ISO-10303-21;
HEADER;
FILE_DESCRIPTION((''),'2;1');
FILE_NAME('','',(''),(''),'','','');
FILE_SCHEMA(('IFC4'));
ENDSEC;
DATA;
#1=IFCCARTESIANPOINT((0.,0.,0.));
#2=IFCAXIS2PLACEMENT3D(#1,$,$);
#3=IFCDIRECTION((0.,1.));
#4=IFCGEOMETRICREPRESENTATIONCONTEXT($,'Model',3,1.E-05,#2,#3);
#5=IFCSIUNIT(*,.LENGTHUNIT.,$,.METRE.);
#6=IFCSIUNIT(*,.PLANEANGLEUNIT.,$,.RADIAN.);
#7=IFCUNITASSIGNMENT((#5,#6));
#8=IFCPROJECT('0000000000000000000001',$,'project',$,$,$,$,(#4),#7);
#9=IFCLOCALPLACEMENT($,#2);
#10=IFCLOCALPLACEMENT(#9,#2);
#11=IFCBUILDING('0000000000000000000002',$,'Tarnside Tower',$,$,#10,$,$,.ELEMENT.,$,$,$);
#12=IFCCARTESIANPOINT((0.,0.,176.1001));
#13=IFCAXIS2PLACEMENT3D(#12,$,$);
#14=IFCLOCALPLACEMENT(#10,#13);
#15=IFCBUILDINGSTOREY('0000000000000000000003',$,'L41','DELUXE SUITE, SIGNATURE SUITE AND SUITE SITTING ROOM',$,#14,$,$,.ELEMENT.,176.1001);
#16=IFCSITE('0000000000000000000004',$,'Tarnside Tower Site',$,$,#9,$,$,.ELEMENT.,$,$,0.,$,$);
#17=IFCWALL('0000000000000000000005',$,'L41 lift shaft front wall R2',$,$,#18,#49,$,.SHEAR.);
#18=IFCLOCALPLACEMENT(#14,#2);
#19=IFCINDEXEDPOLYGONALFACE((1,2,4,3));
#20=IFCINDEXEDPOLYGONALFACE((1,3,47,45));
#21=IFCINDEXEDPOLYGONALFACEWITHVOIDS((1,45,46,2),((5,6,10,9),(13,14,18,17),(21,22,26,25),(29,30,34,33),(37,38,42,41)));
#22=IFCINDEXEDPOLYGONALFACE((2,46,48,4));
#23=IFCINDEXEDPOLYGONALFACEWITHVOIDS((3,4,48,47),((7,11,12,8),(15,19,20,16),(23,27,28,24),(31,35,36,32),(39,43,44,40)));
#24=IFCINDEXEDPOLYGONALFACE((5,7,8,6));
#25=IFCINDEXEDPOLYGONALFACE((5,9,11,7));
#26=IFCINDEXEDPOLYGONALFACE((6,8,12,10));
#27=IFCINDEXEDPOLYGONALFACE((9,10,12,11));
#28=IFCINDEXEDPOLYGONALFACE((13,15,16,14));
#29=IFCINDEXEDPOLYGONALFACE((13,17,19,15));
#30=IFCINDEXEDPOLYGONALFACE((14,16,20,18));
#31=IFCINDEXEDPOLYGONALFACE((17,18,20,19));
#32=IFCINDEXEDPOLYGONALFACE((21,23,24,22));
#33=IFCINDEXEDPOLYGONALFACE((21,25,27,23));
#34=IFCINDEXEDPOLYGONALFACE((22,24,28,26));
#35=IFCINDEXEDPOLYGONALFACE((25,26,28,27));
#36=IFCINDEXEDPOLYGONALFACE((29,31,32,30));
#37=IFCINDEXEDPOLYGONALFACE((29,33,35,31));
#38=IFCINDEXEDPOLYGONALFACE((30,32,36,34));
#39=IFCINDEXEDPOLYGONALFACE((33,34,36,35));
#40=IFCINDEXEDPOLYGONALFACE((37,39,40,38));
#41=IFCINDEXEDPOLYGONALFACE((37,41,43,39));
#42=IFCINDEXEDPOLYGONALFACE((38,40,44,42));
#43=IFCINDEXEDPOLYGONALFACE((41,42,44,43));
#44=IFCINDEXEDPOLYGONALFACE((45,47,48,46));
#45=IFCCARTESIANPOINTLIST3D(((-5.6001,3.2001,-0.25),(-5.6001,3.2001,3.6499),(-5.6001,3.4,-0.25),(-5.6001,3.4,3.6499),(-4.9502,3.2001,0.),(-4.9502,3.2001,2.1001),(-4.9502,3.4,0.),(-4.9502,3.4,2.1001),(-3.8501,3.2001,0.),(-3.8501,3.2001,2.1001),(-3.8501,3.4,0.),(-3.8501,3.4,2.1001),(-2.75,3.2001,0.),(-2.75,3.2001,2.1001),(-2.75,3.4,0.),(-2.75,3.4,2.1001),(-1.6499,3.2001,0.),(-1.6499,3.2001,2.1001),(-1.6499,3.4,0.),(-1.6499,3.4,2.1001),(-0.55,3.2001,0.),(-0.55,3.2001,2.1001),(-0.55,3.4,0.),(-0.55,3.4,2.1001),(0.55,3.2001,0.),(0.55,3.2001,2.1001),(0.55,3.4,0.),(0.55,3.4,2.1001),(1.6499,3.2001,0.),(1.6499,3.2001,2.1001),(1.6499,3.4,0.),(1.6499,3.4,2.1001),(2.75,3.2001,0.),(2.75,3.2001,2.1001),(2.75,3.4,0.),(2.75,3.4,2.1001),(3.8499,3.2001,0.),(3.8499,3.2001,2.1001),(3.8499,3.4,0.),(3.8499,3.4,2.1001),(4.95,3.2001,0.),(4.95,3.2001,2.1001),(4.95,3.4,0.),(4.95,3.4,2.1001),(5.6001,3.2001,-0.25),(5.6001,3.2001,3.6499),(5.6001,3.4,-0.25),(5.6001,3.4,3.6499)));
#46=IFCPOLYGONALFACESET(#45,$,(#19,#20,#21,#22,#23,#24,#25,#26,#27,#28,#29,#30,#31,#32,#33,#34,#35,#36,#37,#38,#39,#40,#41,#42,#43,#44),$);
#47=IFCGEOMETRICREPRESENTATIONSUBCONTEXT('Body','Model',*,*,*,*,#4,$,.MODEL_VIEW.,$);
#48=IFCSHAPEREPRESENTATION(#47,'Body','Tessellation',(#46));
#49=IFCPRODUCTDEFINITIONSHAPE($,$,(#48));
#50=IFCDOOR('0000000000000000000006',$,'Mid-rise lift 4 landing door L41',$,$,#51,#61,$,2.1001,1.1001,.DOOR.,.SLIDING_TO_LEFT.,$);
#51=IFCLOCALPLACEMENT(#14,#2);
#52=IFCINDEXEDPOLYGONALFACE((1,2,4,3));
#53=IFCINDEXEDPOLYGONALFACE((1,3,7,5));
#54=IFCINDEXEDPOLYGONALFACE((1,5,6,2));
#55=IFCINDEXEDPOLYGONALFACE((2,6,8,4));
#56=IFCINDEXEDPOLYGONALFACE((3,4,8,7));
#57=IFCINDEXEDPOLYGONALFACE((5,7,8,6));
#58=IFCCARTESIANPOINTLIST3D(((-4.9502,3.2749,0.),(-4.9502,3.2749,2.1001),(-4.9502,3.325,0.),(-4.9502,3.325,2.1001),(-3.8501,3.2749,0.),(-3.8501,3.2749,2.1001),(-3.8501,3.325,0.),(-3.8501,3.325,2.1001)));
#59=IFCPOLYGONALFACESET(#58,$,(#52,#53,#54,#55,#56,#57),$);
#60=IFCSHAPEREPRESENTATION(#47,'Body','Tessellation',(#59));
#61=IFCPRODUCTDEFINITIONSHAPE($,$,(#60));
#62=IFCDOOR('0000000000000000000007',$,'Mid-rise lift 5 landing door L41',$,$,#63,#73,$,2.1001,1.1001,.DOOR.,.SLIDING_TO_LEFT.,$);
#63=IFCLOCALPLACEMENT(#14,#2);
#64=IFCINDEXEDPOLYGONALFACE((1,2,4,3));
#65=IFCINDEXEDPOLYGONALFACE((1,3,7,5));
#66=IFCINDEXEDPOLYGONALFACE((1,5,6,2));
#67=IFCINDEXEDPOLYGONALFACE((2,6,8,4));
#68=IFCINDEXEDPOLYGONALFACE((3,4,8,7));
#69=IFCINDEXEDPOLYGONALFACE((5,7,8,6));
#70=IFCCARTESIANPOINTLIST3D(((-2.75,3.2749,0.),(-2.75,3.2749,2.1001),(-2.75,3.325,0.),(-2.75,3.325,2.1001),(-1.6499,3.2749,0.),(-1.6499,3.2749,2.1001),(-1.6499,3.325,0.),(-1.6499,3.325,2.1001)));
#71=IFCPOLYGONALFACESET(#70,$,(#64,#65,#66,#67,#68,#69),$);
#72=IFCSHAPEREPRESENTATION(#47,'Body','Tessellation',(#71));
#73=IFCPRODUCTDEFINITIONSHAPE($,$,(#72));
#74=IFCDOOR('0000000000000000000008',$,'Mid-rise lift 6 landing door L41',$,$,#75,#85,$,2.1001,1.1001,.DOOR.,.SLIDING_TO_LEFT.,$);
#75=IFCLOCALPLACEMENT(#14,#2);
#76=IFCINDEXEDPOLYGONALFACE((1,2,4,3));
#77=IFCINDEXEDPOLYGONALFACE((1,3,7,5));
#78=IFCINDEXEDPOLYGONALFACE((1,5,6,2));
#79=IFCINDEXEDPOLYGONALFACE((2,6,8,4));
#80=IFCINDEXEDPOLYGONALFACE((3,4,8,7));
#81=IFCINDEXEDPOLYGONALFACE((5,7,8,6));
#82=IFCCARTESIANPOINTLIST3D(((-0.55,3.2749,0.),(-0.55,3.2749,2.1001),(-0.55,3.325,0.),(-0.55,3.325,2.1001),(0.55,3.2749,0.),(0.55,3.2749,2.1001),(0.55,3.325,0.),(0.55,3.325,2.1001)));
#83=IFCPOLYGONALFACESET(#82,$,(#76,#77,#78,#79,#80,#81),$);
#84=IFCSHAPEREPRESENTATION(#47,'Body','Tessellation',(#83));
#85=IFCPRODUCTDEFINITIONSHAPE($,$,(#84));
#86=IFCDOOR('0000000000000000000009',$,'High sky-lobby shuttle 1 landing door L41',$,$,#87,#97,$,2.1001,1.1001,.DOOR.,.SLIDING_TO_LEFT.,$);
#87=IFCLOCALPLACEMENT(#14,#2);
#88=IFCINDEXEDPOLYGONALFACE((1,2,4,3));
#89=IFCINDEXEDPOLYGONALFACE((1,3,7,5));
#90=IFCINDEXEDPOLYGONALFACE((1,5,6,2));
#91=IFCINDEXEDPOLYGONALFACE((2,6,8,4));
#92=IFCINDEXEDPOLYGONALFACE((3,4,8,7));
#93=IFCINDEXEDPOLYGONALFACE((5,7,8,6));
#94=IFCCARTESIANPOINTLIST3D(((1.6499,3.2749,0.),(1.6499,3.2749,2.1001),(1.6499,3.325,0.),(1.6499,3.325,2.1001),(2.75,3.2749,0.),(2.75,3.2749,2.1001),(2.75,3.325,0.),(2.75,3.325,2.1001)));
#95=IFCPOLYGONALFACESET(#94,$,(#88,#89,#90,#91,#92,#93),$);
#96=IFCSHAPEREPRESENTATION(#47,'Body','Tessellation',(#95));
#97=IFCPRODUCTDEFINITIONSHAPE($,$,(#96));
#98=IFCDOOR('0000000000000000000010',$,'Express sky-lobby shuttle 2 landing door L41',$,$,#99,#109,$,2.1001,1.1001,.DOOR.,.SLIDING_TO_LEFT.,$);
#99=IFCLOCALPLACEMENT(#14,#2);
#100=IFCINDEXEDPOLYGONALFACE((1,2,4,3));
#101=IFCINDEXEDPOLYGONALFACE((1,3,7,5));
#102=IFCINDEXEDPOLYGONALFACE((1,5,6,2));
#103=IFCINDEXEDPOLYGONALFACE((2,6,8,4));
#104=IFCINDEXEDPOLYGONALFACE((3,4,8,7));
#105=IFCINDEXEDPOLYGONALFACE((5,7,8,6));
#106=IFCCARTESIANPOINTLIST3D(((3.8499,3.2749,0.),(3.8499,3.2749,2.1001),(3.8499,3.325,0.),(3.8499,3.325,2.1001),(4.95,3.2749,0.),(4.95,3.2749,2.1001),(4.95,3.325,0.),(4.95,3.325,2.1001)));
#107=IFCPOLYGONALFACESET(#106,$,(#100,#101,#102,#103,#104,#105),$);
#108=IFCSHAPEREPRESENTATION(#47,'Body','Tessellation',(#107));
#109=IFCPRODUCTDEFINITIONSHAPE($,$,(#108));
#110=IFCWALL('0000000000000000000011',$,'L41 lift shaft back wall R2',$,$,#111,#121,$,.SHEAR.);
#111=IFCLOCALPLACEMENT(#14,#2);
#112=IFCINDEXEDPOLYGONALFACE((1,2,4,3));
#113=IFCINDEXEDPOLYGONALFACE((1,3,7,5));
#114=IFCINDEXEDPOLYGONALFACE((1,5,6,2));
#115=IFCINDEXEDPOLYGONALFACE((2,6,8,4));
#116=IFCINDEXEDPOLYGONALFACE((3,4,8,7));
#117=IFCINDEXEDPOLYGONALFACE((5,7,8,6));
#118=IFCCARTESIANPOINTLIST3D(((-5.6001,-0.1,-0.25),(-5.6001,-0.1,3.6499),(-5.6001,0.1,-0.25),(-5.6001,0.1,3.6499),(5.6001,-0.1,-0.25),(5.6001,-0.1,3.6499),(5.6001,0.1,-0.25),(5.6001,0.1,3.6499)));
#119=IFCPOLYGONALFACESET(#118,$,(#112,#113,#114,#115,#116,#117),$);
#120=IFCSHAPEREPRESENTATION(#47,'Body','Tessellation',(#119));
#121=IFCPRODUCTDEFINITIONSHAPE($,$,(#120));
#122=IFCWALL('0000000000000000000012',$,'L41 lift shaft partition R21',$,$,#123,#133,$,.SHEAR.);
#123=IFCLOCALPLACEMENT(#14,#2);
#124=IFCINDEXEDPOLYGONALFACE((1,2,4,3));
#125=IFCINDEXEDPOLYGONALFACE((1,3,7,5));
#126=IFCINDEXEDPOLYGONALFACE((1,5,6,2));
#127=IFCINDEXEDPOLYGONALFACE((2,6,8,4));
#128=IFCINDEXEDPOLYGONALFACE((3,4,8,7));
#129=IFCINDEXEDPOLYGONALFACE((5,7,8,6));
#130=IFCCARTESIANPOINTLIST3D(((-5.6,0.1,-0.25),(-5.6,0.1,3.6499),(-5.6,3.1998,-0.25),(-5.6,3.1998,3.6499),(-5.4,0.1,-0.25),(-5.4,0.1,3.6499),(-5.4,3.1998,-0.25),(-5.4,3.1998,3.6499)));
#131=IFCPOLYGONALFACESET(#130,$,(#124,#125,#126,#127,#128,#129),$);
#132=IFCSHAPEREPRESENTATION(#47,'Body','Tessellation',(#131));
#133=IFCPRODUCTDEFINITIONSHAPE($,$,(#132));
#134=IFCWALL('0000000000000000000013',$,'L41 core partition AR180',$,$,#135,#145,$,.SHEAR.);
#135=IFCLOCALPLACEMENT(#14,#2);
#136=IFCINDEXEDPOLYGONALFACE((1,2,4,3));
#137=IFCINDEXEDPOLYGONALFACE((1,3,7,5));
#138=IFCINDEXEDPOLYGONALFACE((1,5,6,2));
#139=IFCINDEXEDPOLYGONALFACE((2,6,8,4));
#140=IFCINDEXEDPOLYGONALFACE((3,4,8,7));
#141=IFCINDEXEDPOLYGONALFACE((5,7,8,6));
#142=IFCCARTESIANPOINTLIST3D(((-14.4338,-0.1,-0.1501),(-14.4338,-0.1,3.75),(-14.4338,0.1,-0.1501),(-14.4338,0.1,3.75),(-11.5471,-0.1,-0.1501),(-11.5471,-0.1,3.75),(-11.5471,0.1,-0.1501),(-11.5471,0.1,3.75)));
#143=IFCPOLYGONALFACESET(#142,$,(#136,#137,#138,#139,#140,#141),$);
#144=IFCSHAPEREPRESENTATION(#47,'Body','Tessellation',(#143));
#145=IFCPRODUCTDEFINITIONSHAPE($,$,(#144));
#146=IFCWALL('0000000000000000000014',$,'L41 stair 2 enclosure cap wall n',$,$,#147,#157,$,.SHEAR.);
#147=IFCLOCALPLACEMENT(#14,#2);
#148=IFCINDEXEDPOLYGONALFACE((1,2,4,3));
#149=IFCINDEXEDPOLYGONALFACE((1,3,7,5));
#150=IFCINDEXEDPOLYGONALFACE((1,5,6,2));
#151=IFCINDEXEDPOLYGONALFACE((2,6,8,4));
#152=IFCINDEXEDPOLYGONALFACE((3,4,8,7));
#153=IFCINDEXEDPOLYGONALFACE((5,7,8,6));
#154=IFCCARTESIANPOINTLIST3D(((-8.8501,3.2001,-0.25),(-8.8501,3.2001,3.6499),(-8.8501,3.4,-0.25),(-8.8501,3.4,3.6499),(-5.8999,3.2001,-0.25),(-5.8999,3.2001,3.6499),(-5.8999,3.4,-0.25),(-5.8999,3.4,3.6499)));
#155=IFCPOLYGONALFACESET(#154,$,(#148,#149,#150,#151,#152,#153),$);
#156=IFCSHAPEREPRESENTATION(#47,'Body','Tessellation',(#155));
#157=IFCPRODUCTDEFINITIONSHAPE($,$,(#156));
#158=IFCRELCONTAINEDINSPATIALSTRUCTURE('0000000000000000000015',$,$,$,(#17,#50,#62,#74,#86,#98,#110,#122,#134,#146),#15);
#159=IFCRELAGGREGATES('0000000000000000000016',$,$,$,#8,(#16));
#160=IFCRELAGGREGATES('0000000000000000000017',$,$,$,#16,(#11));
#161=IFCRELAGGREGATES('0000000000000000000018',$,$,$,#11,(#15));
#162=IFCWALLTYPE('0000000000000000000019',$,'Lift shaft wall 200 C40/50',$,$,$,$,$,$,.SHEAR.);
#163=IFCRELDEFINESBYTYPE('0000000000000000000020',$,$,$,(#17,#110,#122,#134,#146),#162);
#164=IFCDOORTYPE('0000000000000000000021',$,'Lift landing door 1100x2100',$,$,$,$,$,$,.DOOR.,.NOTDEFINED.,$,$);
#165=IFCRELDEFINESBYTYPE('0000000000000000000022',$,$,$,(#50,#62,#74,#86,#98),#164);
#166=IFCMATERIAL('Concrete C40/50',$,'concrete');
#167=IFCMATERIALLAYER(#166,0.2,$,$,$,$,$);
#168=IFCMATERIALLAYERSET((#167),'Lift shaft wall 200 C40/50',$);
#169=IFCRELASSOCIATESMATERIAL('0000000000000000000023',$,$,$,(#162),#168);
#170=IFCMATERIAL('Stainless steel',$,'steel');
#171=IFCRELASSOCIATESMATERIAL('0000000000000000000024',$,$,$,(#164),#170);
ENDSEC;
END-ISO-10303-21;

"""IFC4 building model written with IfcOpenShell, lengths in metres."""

from ifc_helpers import new_model, si_unit, direction, frame, frame_2d, origin, place, context, subcontext, project, spatial, rectangle, extrude, material, layer, layer_set, type_object, element, fill, save


model = new_model("IFC4")

# Units and contexts
model_context = context("Model", 3, precision=1e-05, world=origin(), true_north=direction((0.0, 1.0)))
body_context = subcontext(model_context, "Body", "Model", "MODEL_VIEW")
ifc_project = project(units=[si_unit("LENGTHUNIT", "METRE"), si_unit("PLANEANGLEUNIT", "RADIAN")], contexts=[model_context])

# Site, building, storey
site_placement = place(None, origin())
site = spatial("IfcSite", under=ifc_project, at=site_placement, Name="Tarnside Tower Site", CompositionType="ELEMENT", RefElevation=0.0)
building_placement = place(site_placement, origin())
building = spatial("IfcBuilding", under=site, at=building_placement, Name="Tarnside Tower", CompositionType="ELEMENT")
storey_placement = place(building_placement, frame((0.0, 0.0, 176.1001)))
storey = spatial("IfcBuildingStorey", under=building, at=storey_placement, Name="L41", Description="DELUXE SUITE, SIGNATURE SUITE AND SUITE SITTING ROOM", CompositionType="ELEMENT", Elevation=176.1001)

# Shared definitions
ifc_material_1 = material(Name="Concrete C40/50", Category="concrete")
ifc_layer_1 = layer(ifc_material_1, 0.2)
ifc_layer_set_1 = layer_set([ifc_layer_1], Name="Lift shaft wall 200 C40/50")
wall_type_1 = type_object("IfcWallType", Name="Lift shaft wall 200 C40/50", PredefinedType="SHEAR", material=ifc_layer_set_1)
ifc_material_2 = material(Name="Stainless steel", Category="steel")
door_type_1 = type_object("IfcDoorType", Name="Lift landing door 1100x2100", OperationType="NOTDEFINED", PredefinedType="DOOR", material=ifc_material_2)

# Wall, openings, doors
wall_1_placement = place(storey_placement, frame((-5.6001, 3.3, -0.25), z_axis=(0.0, 0.0, 1.0), x_axis=(1.0, 0.0, 0.0)))
wall_1 = element("IfcWall", 1, at=wall_1_placement, inside=storey, type_object=wall_type_1, Name="L41 lift shaft front wall R2", PredefinedType="SHEAR", context=body_context, shape_type="SweptSolid", body=[
    extrude(rectangle(XDim=11.2002, YDim=0.2, at=frame_2d((5.6001, 0.0))), origin(), (0.0, 0.0, 1.0), 3.8999),
])
opening_1_placement = place(wall_1_placement, frame((0.6499, 0.0, 0.25)))
opening_1 = element("IfcOpeningElement", 2, at=opening_1_placement, cuts=wall_1, PredefinedType="OPENING", context=body_context, shape_type="SweptSolid", body=[
    extrude(rectangle(XDim=1.1001, YDim=2.1001, at=frame_2d((0.55, 1.05))), frame((0.0, 0.1099, 0.0), z_axis=(0.0, -1.0, 0.0), x_axis=(1.0, 0.0, 0.0)), (0.0, 0.0, 1.0), 0.22),
])
opening_2_placement = place(wall_1_placement, frame((2.8501, 0.0, 0.25)))
opening_2 = element("IfcOpeningElement", 3, at=opening_2_placement, cuts=wall_1, PredefinedType="OPENING", context=body_context, shape_type="SweptSolid", body=[
    extrude(rectangle(XDim=1.1001, YDim=2.1001, at=frame_2d((0.55, 1.05))), frame((0.0, 0.1099, 0.0), z_axis=(0.0, -1.0, 0.0), x_axis=(1.0, 0.0, 0.0)), (0.0, 0.0, 1.0), 0.22),
])
opening_3_placement = place(wall_1_placement, frame((5.05, 0.0, 0.25)))
opening_3 = element("IfcOpeningElement", 4, at=opening_3_placement, cuts=wall_1, PredefinedType="OPENING", context=body_context, shape_type="SweptSolid", body=[
    extrude(rectangle(XDim=1.1001, YDim=2.1001, at=frame_2d((0.55, 1.05))), frame((0.0, 0.1099, 0.0), z_axis=(0.0, -1.0, 0.0), x_axis=(1.0, 0.0, 0.0)), (0.0, 0.0, 1.0), 0.22),
])
opening_4_placement = place(wall_1_placement, frame((7.25, 0.0, 0.25)))
opening_4 = element("IfcOpeningElement", 5, at=opening_4_placement, cuts=wall_1, PredefinedType="OPENING", context=body_context, shape_type="SweptSolid", body=[
    extrude(rectangle(XDim=1.1001, YDim=2.1001, at=frame_2d((0.55, 1.05))), frame((0.0, 0.1099, 0.0), z_axis=(0.0, -1.0, 0.0), x_axis=(1.0, 0.0, 0.0)), (0.0, 0.0, 1.0), 0.22),
])
opening_5_placement = place(wall_1_placement, frame((9.45, 0.0, 0.25)))
opening_5 = element("IfcOpeningElement", 6, at=opening_5_placement, cuts=wall_1, PredefinedType="OPENING", context=body_context, shape_type="SweptSolid", body=[
    extrude(rectangle(XDim=1.1001, YDim=2.1001, at=frame_2d((0.55, 1.05))), frame((0.0, 0.1099, 0.0), z_axis=(0.0, -1.0, 0.0), x_axis=(1.0, 0.0, 0.0)), (0.0, 0.0, 1.0), 0.22),
])
door_1_placement = place(opening_1_placement, origin())
door_1 = element("IfcDoor", 7, at=door_1_placement, inside=storey, type_object=door_type_1, Name="Mid-rise lift 4 landing door L41", OperationType="SLIDING_TO_LEFT", OverallHeight=2.1001, OverallWidth=1.1001, PredefinedType="DOOR", context=body_context, shape_type="SweptSolid", body=[
    extrude(rectangle(XDim=1.1001, YDim=2.1001, at=frame_2d((0.55, 1.05))), frame((0.0, 0.0249, 0.0), z_axis=(0.0, -1.0, 0.0), x_axis=(1.0, 0.0, 0.0)), (0.0, 0.0, 1.0), 0.05),
])
fill(opening_1, door_1)
door_2_placement = place(opening_2_placement, origin())
door_2 = element("IfcDoor", 8, at=door_2_placement, inside=storey, type_object=door_type_1, Name="Mid-rise lift 5 landing door L41", OperationType="SLIDING_TO_LEFT", OverallHeight=2.1001, OverallWidth=1.1001, PredefinedType="DOOR", context=body_context, shape_type="SweptSolid", body=[
    extrude(rectangle(XDim=1.1001, YDim=2.1001, at=frame_2d((0.55, 1.05))), frame((0.0, 0.0249, 0.0), z_axis=(0.0, -1.0, 0.0), x_axis=(1.0, 0.0, 0.0)), (0.0, 0.0, 1.0), 0.05),
])
fill(opening_2, door_2)
door_3_placement = place(opening_3_placement, origin())
door_3 = element("IfcDoor", 9, at=door_3_placement, inside=storey, type_object=door_type_1, Name="Mid-rise lift 6 landing door L41", OperationType="SLIDING_TO_LEFT", OverallHeight=2.1001, OverallWidth=1.1001, PredefinedType="DOOR", context=body_context, shape_type="SweptSolid", body=[
    extrude(rectangle(XDim=1.1001, YDim=2.1001, at=frame_2d((0.55, 1.05))), frame((0.0, 0.0249, 0.0), z_axis=(0.0, -1.0, 0.0), x_axis=(1.0, 0.0, 0.0)), (0.0, 0.0, 1.0), 0.05),
])
fill(opening_3, door_3)
door_4_placement = place(opening_4_placement, origin())
door_4 = element("IfcDoor", 10, at=door_4_placement, inside=storey, type_object=door_type_1, Name="High sky-lobby shuttle 1 landing door L41", OperationType="SLIDING_TO_LEFT", OverallHeight=2.1001, OverallWidth=1.1001, PredefinedType="DOOR", context=body_context, shape_type="SweptSolid", body=[
    extrude(rectangle(XDim=1.1001, YDim=2.1001, at=frame_2d((0.55, 1.05))), frame((0.0, 0.0249, 0.0), z_axis=(0.0, -1.0, 0.0), x_axis=(1.0, 0.0, 0.0)), (0.0, 0.0, 1.0), 0.05),
])
fill(opening_4, door_4)
door_5_placement = place(opening_5_placement, origin())
door_5 = element("IfcDoor", 11, at=door_5_placement, inside=storey, type_object=door_type_1, Name="Express sky-lobby shuttle 2 landing door L41", OperationType="SLIDING_TO_LEFT", OverallHeight=2.1001, OverallWidth=1.1001, PredefinedType="DOOR", context=body_context, shape_type="SweptSolid", body=[
    extrude(rectangle(XDim=1.1001, YDim=2.1001, at=frame_2d((0.55, 1.05))), frame((0.0, 0.0249, 0.0), z_axis=(0.0, -1.0, 0.0), x_axis=(1.0, 0.0, 0.0)), (0.0, 0.0, 1.0), 0.05),
])
fill(opening_5, door_5)

# Walls
wall_2_placement = place(storey_placement, frame((-5.6001, 0.0, -0.25), z_axis=(0.0, 0.0, 1.0), x_axis=(1.0, 0.0, 0.0)))
element("IfcWall", 12, at=wall_2_placement, inside=storey, type_object=wall_type_1, Name="L41 lift shaft back wall R2", PredefinedType="SHEAR", context=body_context, shape_type="SweptSolid", body=[
    extrude(rectangle(XDim=11.2002, YDim=0.2, at=frame_2d((5.6001, 0.0))), origin(), (0.0, 0.0, 1.0), 3.8999),
])
wall_3_placement = place(storey_placement, frame((-5.5, 0.1001, -0.25), z_axis=(0.0, 0.0, 1.0), x_axis=(0.0, 1.0, 0.0)))
element("IfcWall", 13, at=wall_3_placement, inside=storey, type_object=wall_type_1, Name="L41 lift shaft partition R21", PredefinedType="SHEAR", context=body_context, shape_type="SweptSolid", body=[
    extrude(rectangle(XDim=3.0999, YDim=0.2, at=frame_2d((1.5498, 0.0))), origin(), (0.0, 0.0, 1.0), 3.8999),
])
wall_4_placement = place(storey_placement, frame((-11.5471, 0.0, -0.1501), z_axis=(0.0, 0.0, 1.0), x_axis=(-1.0, 0.0, 0.0)))
element("IfcWall", 14, at=wall_4_placement, inside=storey, type_object=wall_type_1, Name="L41 core partition AR180", PredefinedType="SHEAR", context=body_context, shape_type="SweptSolid", body=[
    extrude(rectangle(XDim=2.8867, YDim=0.2, at=frame_2d((1.4434, 0.0))), origin(), (0.0, 0.0, 1.0), 3.9001),
])
wall_5_placement = place(storey_placement, frame((-8.8501, 3.3, -0.25), z_axis=(0.0, 0.0, 1.0), x_axis=(1.0, 0.0, 0.0)))
element("IfcWall", 15, at=wall_5_placement, inside=storey, type_object=wall_type_1, Name="L41 stair 2 enclosure cap wall n", PredefinedType="SHEAR", context=body_context, shape_type="SweptSolid", body=[
    extrude(rectangle(XDim=2.9502, YDim=0.2, at=frame_2d((1.4751, 0.0))), origin(), (0.0, 0.0, 1.0), 3.8999),
])

save(model, "model.ifc")
